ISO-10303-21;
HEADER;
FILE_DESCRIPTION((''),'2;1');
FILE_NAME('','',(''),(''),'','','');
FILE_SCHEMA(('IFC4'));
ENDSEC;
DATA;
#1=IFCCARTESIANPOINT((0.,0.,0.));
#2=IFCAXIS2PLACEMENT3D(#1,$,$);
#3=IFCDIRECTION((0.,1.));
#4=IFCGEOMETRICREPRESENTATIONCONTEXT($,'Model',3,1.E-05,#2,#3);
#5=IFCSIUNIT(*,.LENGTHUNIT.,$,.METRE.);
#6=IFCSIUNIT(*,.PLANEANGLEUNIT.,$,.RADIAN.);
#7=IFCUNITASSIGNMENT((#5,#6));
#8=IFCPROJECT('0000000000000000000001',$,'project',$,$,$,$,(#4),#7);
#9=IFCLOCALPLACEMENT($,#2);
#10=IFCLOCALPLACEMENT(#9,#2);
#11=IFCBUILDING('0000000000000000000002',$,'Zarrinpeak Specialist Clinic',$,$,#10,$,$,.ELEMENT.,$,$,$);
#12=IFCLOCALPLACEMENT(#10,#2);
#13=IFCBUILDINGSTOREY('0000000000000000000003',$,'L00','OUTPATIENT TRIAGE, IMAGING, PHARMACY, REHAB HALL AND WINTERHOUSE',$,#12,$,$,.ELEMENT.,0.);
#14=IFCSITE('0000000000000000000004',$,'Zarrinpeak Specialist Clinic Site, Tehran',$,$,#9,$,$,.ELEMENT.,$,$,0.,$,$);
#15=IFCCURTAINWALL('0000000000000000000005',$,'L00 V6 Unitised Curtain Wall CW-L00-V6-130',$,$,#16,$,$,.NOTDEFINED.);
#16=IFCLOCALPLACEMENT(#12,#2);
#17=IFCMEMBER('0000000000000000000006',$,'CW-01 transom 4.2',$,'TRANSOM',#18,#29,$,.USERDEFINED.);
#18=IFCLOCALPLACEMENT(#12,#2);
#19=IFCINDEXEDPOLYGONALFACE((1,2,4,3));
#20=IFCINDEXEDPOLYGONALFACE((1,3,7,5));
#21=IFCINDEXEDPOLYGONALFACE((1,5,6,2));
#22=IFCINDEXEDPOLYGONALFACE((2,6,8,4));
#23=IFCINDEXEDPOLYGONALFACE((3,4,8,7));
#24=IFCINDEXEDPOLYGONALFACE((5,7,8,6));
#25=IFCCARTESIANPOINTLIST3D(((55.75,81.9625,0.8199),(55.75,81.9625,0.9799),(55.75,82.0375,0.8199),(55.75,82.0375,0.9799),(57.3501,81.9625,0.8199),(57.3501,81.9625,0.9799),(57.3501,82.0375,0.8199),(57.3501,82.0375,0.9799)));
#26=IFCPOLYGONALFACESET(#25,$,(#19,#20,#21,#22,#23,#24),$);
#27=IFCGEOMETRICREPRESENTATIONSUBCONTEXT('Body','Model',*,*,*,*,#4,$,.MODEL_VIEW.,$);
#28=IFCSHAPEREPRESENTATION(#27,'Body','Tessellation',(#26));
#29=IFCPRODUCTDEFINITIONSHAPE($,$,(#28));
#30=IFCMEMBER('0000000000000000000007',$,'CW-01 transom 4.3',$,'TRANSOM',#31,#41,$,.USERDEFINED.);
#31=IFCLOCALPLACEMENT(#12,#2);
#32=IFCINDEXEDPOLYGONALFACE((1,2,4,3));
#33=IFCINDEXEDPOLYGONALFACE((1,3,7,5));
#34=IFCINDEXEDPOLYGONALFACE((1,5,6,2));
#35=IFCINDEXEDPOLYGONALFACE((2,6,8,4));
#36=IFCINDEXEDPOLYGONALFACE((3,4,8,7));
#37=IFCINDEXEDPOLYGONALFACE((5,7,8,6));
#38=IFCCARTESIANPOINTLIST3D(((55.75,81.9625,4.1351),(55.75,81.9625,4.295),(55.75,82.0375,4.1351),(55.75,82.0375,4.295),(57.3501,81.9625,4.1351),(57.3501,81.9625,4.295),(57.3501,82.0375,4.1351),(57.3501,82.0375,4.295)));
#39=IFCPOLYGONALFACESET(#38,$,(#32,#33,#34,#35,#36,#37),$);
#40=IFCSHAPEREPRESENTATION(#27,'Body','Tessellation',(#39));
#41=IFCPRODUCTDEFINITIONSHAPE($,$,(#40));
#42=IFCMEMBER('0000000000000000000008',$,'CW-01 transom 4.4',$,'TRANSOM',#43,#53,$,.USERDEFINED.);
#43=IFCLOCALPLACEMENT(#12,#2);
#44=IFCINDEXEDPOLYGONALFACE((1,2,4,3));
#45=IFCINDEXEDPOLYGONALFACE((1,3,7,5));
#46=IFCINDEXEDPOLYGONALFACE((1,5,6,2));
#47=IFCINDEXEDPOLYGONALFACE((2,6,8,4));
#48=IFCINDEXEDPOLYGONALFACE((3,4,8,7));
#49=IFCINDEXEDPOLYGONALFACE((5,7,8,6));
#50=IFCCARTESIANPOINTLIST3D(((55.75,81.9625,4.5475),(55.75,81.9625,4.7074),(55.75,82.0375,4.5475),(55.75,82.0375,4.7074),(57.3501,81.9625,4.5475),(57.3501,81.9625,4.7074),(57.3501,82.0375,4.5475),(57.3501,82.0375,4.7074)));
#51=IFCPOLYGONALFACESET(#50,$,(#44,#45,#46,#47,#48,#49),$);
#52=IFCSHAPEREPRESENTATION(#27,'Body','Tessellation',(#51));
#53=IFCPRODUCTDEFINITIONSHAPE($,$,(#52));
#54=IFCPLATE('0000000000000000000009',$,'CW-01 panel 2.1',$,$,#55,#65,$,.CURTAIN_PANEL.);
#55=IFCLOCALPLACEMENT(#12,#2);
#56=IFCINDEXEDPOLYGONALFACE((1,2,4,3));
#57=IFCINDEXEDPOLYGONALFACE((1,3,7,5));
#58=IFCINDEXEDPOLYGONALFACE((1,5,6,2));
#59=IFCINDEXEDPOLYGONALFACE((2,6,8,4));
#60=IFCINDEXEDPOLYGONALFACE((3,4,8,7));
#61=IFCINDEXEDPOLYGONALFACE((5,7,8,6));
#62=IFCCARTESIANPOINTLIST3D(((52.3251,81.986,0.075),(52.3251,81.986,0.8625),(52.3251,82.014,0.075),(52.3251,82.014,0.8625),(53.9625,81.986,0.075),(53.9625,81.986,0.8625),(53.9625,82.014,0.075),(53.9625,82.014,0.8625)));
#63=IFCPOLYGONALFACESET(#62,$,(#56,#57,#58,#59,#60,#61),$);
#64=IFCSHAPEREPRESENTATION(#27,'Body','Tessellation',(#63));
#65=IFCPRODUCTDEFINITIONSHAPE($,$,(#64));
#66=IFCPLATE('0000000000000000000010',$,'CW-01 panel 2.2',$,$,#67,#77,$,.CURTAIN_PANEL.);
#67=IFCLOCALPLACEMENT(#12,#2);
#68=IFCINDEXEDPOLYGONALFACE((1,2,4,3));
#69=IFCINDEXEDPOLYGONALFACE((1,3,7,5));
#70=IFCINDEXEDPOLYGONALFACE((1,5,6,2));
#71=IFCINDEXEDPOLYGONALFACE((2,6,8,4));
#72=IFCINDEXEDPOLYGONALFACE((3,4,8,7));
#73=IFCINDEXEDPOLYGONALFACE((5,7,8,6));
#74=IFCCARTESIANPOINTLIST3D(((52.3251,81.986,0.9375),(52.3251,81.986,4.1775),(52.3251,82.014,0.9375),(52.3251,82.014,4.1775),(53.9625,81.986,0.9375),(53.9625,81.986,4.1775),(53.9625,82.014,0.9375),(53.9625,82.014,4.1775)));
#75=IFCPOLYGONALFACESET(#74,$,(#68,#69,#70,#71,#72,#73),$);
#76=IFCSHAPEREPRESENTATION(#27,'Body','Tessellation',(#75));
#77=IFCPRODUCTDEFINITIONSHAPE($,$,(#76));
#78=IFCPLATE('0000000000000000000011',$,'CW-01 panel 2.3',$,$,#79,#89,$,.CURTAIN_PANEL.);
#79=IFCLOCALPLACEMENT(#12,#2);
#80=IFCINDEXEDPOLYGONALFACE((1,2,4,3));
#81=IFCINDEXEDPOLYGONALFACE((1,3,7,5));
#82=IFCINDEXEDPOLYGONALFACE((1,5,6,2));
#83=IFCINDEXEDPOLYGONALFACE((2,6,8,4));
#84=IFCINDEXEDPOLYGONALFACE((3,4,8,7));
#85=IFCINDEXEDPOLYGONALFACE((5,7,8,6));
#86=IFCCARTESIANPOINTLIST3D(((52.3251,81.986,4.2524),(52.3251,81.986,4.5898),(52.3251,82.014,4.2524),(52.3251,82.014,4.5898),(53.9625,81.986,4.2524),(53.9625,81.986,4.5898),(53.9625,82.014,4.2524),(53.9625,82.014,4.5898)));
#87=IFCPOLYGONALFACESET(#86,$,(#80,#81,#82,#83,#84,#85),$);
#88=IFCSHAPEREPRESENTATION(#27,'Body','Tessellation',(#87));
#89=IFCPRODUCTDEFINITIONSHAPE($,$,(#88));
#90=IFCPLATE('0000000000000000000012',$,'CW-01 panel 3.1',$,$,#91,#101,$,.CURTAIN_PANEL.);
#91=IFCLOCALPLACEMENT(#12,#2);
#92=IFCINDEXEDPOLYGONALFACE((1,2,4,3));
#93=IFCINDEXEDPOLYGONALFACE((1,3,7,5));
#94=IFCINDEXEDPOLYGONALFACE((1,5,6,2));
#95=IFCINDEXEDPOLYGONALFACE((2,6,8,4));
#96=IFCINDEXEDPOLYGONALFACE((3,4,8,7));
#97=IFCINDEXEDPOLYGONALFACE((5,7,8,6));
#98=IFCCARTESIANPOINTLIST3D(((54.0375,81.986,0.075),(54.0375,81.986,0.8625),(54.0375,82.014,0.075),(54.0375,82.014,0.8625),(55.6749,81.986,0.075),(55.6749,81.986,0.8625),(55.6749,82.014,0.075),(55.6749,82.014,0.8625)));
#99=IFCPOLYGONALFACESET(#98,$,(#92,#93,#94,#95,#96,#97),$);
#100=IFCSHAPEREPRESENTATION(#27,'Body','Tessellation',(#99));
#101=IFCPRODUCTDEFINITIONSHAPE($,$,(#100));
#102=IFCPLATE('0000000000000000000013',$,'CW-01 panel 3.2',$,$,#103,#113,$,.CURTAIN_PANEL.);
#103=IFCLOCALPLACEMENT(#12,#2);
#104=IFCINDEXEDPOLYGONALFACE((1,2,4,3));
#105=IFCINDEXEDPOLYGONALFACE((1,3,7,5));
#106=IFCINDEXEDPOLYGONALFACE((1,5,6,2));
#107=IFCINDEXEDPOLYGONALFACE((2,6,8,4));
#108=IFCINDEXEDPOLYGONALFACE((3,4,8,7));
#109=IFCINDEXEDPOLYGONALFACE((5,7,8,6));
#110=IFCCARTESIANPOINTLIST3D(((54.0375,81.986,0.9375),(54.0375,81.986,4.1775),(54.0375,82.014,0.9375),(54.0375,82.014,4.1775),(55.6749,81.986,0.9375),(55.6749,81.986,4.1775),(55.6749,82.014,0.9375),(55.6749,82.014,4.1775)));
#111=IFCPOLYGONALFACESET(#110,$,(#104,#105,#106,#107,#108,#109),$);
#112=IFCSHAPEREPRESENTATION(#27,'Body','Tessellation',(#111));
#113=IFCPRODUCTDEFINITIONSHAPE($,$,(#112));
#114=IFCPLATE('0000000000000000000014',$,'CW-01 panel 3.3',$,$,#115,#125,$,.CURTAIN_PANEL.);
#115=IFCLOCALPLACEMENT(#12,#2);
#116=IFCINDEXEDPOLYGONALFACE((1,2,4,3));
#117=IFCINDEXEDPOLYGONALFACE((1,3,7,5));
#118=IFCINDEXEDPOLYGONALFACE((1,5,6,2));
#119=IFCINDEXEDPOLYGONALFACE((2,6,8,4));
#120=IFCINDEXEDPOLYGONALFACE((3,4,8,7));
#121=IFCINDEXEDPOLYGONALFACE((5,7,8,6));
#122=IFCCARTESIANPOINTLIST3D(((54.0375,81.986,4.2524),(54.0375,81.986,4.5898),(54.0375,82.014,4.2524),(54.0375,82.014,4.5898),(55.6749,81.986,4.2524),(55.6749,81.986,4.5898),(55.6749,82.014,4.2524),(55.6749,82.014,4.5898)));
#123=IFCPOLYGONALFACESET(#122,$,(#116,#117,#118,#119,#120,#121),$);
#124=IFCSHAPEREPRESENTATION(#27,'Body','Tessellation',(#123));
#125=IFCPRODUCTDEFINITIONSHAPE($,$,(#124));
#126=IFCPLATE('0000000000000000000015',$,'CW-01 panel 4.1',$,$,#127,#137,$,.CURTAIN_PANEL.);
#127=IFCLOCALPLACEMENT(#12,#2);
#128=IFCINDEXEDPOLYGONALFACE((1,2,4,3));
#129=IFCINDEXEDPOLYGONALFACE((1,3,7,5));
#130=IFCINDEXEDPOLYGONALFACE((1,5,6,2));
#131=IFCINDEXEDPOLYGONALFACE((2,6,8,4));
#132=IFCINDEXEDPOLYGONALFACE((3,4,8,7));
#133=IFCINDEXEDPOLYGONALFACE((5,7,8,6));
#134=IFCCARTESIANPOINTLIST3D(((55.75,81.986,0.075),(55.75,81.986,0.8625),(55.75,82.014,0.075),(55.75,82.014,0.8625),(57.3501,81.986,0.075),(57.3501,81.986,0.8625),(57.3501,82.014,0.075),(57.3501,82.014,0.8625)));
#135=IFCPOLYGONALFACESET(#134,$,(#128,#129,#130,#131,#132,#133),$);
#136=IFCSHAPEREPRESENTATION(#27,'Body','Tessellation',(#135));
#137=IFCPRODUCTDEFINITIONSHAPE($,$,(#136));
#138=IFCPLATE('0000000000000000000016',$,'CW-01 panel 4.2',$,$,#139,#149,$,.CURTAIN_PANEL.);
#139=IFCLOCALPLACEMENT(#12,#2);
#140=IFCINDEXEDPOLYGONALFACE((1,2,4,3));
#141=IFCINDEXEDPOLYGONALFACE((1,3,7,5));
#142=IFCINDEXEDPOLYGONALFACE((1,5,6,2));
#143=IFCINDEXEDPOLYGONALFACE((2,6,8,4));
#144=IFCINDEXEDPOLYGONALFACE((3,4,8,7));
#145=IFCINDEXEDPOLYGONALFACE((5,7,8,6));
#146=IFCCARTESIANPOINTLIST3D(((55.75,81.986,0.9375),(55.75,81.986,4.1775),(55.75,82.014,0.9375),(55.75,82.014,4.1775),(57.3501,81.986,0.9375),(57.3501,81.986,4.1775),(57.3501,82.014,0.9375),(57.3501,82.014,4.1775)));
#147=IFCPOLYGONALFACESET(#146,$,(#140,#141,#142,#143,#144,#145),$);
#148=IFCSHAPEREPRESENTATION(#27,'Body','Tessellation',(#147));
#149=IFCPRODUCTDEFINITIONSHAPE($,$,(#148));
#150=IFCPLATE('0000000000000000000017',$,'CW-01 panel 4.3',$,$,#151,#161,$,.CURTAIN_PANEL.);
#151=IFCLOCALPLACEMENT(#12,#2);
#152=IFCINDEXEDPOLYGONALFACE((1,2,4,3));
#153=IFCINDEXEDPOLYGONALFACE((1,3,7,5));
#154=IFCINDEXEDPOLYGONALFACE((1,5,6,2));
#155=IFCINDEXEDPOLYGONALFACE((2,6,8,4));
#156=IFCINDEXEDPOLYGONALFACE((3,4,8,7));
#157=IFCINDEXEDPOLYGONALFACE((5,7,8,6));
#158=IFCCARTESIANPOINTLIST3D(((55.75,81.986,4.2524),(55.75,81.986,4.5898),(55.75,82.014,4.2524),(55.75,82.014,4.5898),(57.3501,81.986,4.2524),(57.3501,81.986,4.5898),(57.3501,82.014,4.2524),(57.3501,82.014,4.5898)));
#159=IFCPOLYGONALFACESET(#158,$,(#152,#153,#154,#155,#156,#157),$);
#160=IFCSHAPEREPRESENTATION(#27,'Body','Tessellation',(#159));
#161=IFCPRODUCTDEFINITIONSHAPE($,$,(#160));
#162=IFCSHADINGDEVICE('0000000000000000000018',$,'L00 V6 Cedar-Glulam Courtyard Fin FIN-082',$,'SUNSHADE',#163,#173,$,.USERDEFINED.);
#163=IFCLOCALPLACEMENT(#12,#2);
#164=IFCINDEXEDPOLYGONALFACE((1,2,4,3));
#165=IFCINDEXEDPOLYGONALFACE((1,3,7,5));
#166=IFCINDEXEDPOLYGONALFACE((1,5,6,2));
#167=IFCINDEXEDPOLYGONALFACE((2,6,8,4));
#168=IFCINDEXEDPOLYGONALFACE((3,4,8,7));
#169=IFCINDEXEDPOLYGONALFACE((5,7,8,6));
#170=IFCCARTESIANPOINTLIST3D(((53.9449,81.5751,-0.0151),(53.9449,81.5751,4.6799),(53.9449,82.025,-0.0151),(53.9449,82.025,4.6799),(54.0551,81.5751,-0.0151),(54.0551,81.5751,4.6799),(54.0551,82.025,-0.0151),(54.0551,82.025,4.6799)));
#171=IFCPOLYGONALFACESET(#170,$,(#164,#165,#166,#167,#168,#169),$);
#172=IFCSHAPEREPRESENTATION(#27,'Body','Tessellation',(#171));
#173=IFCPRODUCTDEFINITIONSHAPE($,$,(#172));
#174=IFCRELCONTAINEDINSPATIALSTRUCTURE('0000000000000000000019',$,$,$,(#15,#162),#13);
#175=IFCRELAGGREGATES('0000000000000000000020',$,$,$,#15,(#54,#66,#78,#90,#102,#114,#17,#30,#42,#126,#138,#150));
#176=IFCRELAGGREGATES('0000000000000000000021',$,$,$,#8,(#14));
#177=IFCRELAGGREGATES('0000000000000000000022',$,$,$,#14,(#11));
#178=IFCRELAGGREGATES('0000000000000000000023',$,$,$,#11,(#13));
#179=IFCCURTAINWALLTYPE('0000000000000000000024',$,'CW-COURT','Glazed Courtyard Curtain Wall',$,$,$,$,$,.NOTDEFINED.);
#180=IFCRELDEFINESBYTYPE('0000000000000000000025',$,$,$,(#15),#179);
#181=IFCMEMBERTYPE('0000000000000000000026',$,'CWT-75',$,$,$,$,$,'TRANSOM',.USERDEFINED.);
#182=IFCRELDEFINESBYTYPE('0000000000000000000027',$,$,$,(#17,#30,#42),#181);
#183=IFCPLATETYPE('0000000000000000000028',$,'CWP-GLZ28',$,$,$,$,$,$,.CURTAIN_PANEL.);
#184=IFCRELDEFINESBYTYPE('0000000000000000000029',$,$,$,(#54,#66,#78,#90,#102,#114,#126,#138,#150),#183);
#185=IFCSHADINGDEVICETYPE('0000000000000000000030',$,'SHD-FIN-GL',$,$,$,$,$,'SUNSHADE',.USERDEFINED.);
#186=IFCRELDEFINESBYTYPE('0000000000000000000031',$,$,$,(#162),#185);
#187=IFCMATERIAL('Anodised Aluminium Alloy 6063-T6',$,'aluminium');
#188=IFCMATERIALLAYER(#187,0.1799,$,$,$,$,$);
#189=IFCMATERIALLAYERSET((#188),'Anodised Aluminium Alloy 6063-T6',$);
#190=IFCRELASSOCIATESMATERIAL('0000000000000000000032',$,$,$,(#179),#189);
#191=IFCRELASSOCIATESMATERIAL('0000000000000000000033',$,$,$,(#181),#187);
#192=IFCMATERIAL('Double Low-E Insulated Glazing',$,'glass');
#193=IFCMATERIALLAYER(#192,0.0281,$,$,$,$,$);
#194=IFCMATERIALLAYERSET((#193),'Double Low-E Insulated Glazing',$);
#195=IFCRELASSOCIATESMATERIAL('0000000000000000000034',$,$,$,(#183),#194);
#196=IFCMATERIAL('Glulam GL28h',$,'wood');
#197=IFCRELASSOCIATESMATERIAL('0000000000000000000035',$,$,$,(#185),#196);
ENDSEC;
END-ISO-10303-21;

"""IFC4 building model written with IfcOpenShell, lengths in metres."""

from ifc_helpers import new_model, si_unit, direction, frame, origin, origin_2d, place, context, subcontext, project, spatial, rectangle, extrude, material, layer, layer_set, material_profile, profile_set, type_object, element, aggregate, save


model = new_model("IFC4")

# Units and contexts
model_context = context("Model", 3, precision=1e-05, world=origin(), true_north=direction((0.0, 1.0)))
body_context = subcontext(model_context, "Body", "Model", "MODEL_VIEW")
ifc_project = project(units=[si_unit("LENGTHUNIT", "METRE"), si_unit("PLANEANGLEUNIT", "RADIAN")], contexts=[model_context])

# Site, building, storey
site_placement = place(None, origin())
site = spatial("IfcSite", under=ifc_project, at=site_placement, Name="Zarrinpeak Specialist Clinic Site, Tehran", CompositionType="ELEMENT", RefElevation=0.0)
building_placement = place(site_placement, origin())
building = spatial("IfcBuilding", under=site, at=building_placement, Name="Zarrinpeak Specialist Clinic", CompositionType="ELEMENT")
storey_placement = place(building_placement, origin())
storey = spatial("IfcBuildingStorey", under=building, at=storey_placement, Name="L00", Description="OUTPATIENT TRIAGE, IMAGING, PHARMACY, REHAB HALL AND WINTERHOUSE", CompositionType="ELEMENT", Elevation=0.0)

# Curtain wall, members, plates
ifc_material_1 = material(Name="Anodised Aluminium Alloy 6063-T6", Category="aluminium")
ifc_layer_1 = layer(ifc_material_1, 0.1799)
ifc_layer_set_1 = layer_set([ifc_layer_1], Name="Anodised Aluminium Alloy 6063-T6")
curtain_wall_type = type_object("IfcCurtainWallType", Name="CW-COURT", Description="Glazed Courtyard Curtain Wall", PredefinedType="NOTDEFINED", material=ifc_layer_set_1)
curtain_wall_placement = place(storey_placement, origin())
curtain_wall = element("IfcCurtainWall", 1, at=curtain_wall_placement, inside=storey, type_object=curtain_wall_type, Name="L00 V6 Unitised Curtain Wall CW-L00-V6-130", PredefinedType="NOTDEFINED")
ifc_material_profile_1 = material_profile(ifc_material_1, rectangle(XDim=0.075, YDim=0.1599, at=origin_2d()), Name="ALU 75x160")
ifc_profile_set_1 = profile_set([ifc_material_profile_1], Name="Anodised Aluminium Alloy 6063-T6")
member_type_1 = type_object("IfcMemberType", Name="CWT-75", ElementType="TRANSOM", PredefinedType="USERDEFINED", material=ifc_profile_set_1)
member_1_placement = place(storey_placement, frame((55.75, 82.0, 0.8999), z_axis=(1.0, 0.0, 0.0), x_axis=(0.0, 1.0, 0.0)))
member_1 = element("IfcMember", 2, at=member_1_placement, type_object=member_type_1, Name="CW-01 transom 4.2", ObjectType="TRANSOM", PredefinedType="USERDEFINED", context=body_context, shape_type="SweptSolid", body=[
    extrude(rectangle(XDim=0.075, YDim=0.1599, at=origin_2d()), origin(), (0.0, 0.0, 1.0), 1.6001),
])
member_2_placement = place(storey_placement, frame((55.75, 82.0, 4.2151), z_axis=(1.0, 0.0, 0.0), x_axis=(0.0, 1.0, 0.0)))
member_2 = element("IfcMember", 3, at=member_2_placement, type_object=member_type_1, Name="CW-01 transom 4.3", ObjectType="TRANSOM", PredefinedType="USERDEFINED", context=body_context, shape_type="SweptSolid", body=[
    extrude(rectangle(XDim=0.075, YDim=0.1599, at=origin_2d()), origin(), (0.0, 0.0, 1.0), 1.6001),
])
member_3_placement = place(storey_placement, frame((55.75, 82.0, 4.6274), z_axis=(1.0, 0.0, 0.0), x_axis=(0.0, 1.0, 0.0)))
member_3 = element("IfcMember", 4, at=member_3_placement, type_object=member_type_1, Name="CW-01 transom 4.4", ObjectType="TRANSOM", PredefinedType="USERDEFINED", context=body_context, shape_type="SweptSolid", body=[
    extrude(rectangle(XDim=0.075, YDim=0.1599, at=origin_2d()), origin(), (0.0, 0.0, 1.0), 1.6001),
])
ifc_material_2 = material(Name="Double Low-E Insulated Glazing", Category="glass")
ifc_layer_2 = layer(ifc_material_2, 0.0281)
ifc_layer_set_2 = layer_set([ifc_layer_2], Name="Double Low-E Insulated Glazing")
plate_type = type_object("IfcPlateType", Name="CWP-GLZ28", PredefinedType="CURTAIN_PANEL", material=ifc_layer_set_2)
plate_1_placement = place(storey_placement, frame((53.1438, 82.0, 0.075), z_axis=(0.0, 0.0, 1.0), x_axis=(1.0, 0.0, 0.0)))
plate_1 = element("IfcPlate", 5, at=plate_1_placement, type_object=plate_type, Name="CW-01 panel 2.1", PredefinedType="CURTAIN_PANEL", context=body_context, shape_type="SweptSolid", body=[
    extrude(rectangle(XDim=1.6375, YDim=0.0281, at=origin_2d()), origin(), (0.0, 0.0, 1.0), 0.7876),
])
plate_2_placement = place(storey_placement, frame((53.1438, 82.0, 0.9375), z_axis=(0.0, 0.0, 1.0), x_axis=(1.0, 0.0, 0.0)))
plate_2 = element("IfcPlate", 6, at=plate_2_placement, type_object=plate_type, Name="CW-01 panel 2.2", PredefinedType="CURTAIN_PANEL", context=body_context, shape_type="SweptSolid", body=[
    extrude(rectangle(XDim=1.6375, YDim=0.0281, at=origin_2d()), origin(), (0.0, 0.0, 1.0), 3.24),
])
plate_3_placement = place(storey_placement, frame((53.1438, 82.0, 4.2524), z_axis=(0.0, 0.0, 1.0), x_axis=(1.0, 0.0, 0.0)))
plate_3 = element("IfcPlate", 7, at=plate_3_placement, type_object=plate_type, Name="CW-01 panel 2.3", PredefinedType="CURTAIN_PANEL", context=body_context, shape_type="SweptSolid", body=[
    extrude(rectangle(XDim=1.6375, YDim=0.0281, at=origin_2d()), origin(), (0.0, 0.0, 1.0), 0.3374),
])
plate_4_placement = place(storey_placement, frame((54.8562, 82.0, 0.075), z_axis=(0.0, 0.0, 1.0), x_axis=(1.0, 0.0, 0.0)))
plate_4 = element("IfcPlate", 8, at=plate_4_placement, type_object=plate_type, Name="CW-01 panel 3.1", PredefinedType="CURTAIN_PANEL", context=body_context, shape_type="SweptSolid", body=[
    extrude(rectangle(XDim=1.6375, YDim=0.0281, at=origin_2d()), origin(), (0.0, 0.0, 1.0), 0.7876),
])
plate_5_placement = place(storey_placement, frame((54.8562, 82.0, 0.9375), z_axis=(0.0, 0.0, 1.0), x_axis=(1.0, 0.0, 0.0)))
plate_5 = element("IfcPlate", 9, at=plate_5_placement, type_object=plate_type, Name="CW-01 panel 3.2", PredefinedType="CURTAIN_PANEL", context=body_context, shape_type="SweptSolid", body=[
    extrude(rectangle(XDim=1.6375, YDim=0.0281, at=origin_2d()), origin(), (0.0, 0.0, 1.0), 3.24),
])
plate_6_placement = place(storey_placement, frame((54.8562, 82.0, 4.2524), z_axis=(0.0, 0.0, 1.0), x_axis=(1.0, 0.0, 0.0)))
plate_6 = element("IfcPlate", 10, at=plate_6_placement, type_object=plate_type, Name="CW-01 panel 3.3", PredefinedType="CURTAIN_PANEL", context=body_context, shape_type="SweptSolid", body=[
    extrude(rectangle(XDim=1.6375, YDim=0.0281, at=origin_2d()), origin(), (0.0, 0.0, 1.0), 0.3374),
])
plate_7_placement = place(storey_placement, frame((56.55, 82.0, 0.075), z_axis=(0.0, 0.0, 1.0), x_axis=(1.0, 0.0, 0.0)))
plate_7 = element("IfcPlate", 11, at=plate_7_placement, type_object=plate_type, Name="CW-01 panel 4.1", PredefinedType="CURTAIN_PANEL", context=body_context, shape_type="SweptSolid", body=[
    extrude(rectangle(XDim=1.6001, YDim=0.0281, at=origin_2d()), origin(), (0.0, 0.0, 1.0), 0.7876),
])
plate_8_placement = place(storey_placement, frame((56.55, 82.0, 0.9375), z_axis=(0.0, 0.0, 1.0), x_axis=(1.0, 0.0, 0.0)))
plate_8 = element("IfcPlate", 12, at=plate_8_placement, type_object=plate_type, Name="CW-01 panel 4.2", PredefinedType="CURTAIN_PANEL", context=body_context, shape_type="SweptSolid", body=[
    extrude(rectangle(XDim=1.6001, YDim=0.0281, at=origin_2d()), origin(), (0.0, 0.0, 1.0), 3.24),
])
plate_9_placement = place(storey_placement, frame((56.55, 82.0, 4.2524), z_axis=(0.0, 0.0, 1.0), x_axis=(1.0, 0.0, 0.0)))
plate_9 = element("IfcPlate", 13, at=plate_9_placement, type_object=plate_type, Name="CW-01 panel 4.3", PredefinedType="CURTAIN_PANEL", context=body_context, shape_type="SweptSolid", body=[
    extrude(rectangle(XDim=1.6001, YDim=0.0281, at=origin_2d()), origin(), (0.0, 0.0, 1.0), 0.3374),
])
aggregate(curtain_wall, [plate_1, plate_2, plate_3, plate_4, plate_5, plate_6, member_1, member_2, member_3, plate_7, plate_8, plate_9])

# Shading device
ifc_material_3 = material(Name="Glulam GL28h", Category="wood")
shading_device_type = type_object("IfcShadingDeviceType", Name="SHD-FIN-GL", ElementType="SUNSHADE", PredefinedType="USERDEFINED", material=ifc_material_3)
shading_device_placement = place(storey_placement, frame((54.0, 81.8, -0.0151), z_axis=(0.0, 0.0, 1.0), x_axis=(1.0, 0.0, 0.0)))
element("IfcShadingDevice", 14, at=shading_device_placement, inside=storey, type_object=shading_device_type, Name="L00 V6 Cedar-Glulam Courtyard Fin FIN-082", ObjectType="SUNSHADE", PredefinedType="USERDEFINED", context=body_context, shape_type="SweptSolid", body=[
    extrude(rectangle(XDim=0.1101, YDim=0.45, at=origin_2d()), origin(), (0.0, 0.0, 1.0), 4.6951),
])

save(model, "model.ifc")
